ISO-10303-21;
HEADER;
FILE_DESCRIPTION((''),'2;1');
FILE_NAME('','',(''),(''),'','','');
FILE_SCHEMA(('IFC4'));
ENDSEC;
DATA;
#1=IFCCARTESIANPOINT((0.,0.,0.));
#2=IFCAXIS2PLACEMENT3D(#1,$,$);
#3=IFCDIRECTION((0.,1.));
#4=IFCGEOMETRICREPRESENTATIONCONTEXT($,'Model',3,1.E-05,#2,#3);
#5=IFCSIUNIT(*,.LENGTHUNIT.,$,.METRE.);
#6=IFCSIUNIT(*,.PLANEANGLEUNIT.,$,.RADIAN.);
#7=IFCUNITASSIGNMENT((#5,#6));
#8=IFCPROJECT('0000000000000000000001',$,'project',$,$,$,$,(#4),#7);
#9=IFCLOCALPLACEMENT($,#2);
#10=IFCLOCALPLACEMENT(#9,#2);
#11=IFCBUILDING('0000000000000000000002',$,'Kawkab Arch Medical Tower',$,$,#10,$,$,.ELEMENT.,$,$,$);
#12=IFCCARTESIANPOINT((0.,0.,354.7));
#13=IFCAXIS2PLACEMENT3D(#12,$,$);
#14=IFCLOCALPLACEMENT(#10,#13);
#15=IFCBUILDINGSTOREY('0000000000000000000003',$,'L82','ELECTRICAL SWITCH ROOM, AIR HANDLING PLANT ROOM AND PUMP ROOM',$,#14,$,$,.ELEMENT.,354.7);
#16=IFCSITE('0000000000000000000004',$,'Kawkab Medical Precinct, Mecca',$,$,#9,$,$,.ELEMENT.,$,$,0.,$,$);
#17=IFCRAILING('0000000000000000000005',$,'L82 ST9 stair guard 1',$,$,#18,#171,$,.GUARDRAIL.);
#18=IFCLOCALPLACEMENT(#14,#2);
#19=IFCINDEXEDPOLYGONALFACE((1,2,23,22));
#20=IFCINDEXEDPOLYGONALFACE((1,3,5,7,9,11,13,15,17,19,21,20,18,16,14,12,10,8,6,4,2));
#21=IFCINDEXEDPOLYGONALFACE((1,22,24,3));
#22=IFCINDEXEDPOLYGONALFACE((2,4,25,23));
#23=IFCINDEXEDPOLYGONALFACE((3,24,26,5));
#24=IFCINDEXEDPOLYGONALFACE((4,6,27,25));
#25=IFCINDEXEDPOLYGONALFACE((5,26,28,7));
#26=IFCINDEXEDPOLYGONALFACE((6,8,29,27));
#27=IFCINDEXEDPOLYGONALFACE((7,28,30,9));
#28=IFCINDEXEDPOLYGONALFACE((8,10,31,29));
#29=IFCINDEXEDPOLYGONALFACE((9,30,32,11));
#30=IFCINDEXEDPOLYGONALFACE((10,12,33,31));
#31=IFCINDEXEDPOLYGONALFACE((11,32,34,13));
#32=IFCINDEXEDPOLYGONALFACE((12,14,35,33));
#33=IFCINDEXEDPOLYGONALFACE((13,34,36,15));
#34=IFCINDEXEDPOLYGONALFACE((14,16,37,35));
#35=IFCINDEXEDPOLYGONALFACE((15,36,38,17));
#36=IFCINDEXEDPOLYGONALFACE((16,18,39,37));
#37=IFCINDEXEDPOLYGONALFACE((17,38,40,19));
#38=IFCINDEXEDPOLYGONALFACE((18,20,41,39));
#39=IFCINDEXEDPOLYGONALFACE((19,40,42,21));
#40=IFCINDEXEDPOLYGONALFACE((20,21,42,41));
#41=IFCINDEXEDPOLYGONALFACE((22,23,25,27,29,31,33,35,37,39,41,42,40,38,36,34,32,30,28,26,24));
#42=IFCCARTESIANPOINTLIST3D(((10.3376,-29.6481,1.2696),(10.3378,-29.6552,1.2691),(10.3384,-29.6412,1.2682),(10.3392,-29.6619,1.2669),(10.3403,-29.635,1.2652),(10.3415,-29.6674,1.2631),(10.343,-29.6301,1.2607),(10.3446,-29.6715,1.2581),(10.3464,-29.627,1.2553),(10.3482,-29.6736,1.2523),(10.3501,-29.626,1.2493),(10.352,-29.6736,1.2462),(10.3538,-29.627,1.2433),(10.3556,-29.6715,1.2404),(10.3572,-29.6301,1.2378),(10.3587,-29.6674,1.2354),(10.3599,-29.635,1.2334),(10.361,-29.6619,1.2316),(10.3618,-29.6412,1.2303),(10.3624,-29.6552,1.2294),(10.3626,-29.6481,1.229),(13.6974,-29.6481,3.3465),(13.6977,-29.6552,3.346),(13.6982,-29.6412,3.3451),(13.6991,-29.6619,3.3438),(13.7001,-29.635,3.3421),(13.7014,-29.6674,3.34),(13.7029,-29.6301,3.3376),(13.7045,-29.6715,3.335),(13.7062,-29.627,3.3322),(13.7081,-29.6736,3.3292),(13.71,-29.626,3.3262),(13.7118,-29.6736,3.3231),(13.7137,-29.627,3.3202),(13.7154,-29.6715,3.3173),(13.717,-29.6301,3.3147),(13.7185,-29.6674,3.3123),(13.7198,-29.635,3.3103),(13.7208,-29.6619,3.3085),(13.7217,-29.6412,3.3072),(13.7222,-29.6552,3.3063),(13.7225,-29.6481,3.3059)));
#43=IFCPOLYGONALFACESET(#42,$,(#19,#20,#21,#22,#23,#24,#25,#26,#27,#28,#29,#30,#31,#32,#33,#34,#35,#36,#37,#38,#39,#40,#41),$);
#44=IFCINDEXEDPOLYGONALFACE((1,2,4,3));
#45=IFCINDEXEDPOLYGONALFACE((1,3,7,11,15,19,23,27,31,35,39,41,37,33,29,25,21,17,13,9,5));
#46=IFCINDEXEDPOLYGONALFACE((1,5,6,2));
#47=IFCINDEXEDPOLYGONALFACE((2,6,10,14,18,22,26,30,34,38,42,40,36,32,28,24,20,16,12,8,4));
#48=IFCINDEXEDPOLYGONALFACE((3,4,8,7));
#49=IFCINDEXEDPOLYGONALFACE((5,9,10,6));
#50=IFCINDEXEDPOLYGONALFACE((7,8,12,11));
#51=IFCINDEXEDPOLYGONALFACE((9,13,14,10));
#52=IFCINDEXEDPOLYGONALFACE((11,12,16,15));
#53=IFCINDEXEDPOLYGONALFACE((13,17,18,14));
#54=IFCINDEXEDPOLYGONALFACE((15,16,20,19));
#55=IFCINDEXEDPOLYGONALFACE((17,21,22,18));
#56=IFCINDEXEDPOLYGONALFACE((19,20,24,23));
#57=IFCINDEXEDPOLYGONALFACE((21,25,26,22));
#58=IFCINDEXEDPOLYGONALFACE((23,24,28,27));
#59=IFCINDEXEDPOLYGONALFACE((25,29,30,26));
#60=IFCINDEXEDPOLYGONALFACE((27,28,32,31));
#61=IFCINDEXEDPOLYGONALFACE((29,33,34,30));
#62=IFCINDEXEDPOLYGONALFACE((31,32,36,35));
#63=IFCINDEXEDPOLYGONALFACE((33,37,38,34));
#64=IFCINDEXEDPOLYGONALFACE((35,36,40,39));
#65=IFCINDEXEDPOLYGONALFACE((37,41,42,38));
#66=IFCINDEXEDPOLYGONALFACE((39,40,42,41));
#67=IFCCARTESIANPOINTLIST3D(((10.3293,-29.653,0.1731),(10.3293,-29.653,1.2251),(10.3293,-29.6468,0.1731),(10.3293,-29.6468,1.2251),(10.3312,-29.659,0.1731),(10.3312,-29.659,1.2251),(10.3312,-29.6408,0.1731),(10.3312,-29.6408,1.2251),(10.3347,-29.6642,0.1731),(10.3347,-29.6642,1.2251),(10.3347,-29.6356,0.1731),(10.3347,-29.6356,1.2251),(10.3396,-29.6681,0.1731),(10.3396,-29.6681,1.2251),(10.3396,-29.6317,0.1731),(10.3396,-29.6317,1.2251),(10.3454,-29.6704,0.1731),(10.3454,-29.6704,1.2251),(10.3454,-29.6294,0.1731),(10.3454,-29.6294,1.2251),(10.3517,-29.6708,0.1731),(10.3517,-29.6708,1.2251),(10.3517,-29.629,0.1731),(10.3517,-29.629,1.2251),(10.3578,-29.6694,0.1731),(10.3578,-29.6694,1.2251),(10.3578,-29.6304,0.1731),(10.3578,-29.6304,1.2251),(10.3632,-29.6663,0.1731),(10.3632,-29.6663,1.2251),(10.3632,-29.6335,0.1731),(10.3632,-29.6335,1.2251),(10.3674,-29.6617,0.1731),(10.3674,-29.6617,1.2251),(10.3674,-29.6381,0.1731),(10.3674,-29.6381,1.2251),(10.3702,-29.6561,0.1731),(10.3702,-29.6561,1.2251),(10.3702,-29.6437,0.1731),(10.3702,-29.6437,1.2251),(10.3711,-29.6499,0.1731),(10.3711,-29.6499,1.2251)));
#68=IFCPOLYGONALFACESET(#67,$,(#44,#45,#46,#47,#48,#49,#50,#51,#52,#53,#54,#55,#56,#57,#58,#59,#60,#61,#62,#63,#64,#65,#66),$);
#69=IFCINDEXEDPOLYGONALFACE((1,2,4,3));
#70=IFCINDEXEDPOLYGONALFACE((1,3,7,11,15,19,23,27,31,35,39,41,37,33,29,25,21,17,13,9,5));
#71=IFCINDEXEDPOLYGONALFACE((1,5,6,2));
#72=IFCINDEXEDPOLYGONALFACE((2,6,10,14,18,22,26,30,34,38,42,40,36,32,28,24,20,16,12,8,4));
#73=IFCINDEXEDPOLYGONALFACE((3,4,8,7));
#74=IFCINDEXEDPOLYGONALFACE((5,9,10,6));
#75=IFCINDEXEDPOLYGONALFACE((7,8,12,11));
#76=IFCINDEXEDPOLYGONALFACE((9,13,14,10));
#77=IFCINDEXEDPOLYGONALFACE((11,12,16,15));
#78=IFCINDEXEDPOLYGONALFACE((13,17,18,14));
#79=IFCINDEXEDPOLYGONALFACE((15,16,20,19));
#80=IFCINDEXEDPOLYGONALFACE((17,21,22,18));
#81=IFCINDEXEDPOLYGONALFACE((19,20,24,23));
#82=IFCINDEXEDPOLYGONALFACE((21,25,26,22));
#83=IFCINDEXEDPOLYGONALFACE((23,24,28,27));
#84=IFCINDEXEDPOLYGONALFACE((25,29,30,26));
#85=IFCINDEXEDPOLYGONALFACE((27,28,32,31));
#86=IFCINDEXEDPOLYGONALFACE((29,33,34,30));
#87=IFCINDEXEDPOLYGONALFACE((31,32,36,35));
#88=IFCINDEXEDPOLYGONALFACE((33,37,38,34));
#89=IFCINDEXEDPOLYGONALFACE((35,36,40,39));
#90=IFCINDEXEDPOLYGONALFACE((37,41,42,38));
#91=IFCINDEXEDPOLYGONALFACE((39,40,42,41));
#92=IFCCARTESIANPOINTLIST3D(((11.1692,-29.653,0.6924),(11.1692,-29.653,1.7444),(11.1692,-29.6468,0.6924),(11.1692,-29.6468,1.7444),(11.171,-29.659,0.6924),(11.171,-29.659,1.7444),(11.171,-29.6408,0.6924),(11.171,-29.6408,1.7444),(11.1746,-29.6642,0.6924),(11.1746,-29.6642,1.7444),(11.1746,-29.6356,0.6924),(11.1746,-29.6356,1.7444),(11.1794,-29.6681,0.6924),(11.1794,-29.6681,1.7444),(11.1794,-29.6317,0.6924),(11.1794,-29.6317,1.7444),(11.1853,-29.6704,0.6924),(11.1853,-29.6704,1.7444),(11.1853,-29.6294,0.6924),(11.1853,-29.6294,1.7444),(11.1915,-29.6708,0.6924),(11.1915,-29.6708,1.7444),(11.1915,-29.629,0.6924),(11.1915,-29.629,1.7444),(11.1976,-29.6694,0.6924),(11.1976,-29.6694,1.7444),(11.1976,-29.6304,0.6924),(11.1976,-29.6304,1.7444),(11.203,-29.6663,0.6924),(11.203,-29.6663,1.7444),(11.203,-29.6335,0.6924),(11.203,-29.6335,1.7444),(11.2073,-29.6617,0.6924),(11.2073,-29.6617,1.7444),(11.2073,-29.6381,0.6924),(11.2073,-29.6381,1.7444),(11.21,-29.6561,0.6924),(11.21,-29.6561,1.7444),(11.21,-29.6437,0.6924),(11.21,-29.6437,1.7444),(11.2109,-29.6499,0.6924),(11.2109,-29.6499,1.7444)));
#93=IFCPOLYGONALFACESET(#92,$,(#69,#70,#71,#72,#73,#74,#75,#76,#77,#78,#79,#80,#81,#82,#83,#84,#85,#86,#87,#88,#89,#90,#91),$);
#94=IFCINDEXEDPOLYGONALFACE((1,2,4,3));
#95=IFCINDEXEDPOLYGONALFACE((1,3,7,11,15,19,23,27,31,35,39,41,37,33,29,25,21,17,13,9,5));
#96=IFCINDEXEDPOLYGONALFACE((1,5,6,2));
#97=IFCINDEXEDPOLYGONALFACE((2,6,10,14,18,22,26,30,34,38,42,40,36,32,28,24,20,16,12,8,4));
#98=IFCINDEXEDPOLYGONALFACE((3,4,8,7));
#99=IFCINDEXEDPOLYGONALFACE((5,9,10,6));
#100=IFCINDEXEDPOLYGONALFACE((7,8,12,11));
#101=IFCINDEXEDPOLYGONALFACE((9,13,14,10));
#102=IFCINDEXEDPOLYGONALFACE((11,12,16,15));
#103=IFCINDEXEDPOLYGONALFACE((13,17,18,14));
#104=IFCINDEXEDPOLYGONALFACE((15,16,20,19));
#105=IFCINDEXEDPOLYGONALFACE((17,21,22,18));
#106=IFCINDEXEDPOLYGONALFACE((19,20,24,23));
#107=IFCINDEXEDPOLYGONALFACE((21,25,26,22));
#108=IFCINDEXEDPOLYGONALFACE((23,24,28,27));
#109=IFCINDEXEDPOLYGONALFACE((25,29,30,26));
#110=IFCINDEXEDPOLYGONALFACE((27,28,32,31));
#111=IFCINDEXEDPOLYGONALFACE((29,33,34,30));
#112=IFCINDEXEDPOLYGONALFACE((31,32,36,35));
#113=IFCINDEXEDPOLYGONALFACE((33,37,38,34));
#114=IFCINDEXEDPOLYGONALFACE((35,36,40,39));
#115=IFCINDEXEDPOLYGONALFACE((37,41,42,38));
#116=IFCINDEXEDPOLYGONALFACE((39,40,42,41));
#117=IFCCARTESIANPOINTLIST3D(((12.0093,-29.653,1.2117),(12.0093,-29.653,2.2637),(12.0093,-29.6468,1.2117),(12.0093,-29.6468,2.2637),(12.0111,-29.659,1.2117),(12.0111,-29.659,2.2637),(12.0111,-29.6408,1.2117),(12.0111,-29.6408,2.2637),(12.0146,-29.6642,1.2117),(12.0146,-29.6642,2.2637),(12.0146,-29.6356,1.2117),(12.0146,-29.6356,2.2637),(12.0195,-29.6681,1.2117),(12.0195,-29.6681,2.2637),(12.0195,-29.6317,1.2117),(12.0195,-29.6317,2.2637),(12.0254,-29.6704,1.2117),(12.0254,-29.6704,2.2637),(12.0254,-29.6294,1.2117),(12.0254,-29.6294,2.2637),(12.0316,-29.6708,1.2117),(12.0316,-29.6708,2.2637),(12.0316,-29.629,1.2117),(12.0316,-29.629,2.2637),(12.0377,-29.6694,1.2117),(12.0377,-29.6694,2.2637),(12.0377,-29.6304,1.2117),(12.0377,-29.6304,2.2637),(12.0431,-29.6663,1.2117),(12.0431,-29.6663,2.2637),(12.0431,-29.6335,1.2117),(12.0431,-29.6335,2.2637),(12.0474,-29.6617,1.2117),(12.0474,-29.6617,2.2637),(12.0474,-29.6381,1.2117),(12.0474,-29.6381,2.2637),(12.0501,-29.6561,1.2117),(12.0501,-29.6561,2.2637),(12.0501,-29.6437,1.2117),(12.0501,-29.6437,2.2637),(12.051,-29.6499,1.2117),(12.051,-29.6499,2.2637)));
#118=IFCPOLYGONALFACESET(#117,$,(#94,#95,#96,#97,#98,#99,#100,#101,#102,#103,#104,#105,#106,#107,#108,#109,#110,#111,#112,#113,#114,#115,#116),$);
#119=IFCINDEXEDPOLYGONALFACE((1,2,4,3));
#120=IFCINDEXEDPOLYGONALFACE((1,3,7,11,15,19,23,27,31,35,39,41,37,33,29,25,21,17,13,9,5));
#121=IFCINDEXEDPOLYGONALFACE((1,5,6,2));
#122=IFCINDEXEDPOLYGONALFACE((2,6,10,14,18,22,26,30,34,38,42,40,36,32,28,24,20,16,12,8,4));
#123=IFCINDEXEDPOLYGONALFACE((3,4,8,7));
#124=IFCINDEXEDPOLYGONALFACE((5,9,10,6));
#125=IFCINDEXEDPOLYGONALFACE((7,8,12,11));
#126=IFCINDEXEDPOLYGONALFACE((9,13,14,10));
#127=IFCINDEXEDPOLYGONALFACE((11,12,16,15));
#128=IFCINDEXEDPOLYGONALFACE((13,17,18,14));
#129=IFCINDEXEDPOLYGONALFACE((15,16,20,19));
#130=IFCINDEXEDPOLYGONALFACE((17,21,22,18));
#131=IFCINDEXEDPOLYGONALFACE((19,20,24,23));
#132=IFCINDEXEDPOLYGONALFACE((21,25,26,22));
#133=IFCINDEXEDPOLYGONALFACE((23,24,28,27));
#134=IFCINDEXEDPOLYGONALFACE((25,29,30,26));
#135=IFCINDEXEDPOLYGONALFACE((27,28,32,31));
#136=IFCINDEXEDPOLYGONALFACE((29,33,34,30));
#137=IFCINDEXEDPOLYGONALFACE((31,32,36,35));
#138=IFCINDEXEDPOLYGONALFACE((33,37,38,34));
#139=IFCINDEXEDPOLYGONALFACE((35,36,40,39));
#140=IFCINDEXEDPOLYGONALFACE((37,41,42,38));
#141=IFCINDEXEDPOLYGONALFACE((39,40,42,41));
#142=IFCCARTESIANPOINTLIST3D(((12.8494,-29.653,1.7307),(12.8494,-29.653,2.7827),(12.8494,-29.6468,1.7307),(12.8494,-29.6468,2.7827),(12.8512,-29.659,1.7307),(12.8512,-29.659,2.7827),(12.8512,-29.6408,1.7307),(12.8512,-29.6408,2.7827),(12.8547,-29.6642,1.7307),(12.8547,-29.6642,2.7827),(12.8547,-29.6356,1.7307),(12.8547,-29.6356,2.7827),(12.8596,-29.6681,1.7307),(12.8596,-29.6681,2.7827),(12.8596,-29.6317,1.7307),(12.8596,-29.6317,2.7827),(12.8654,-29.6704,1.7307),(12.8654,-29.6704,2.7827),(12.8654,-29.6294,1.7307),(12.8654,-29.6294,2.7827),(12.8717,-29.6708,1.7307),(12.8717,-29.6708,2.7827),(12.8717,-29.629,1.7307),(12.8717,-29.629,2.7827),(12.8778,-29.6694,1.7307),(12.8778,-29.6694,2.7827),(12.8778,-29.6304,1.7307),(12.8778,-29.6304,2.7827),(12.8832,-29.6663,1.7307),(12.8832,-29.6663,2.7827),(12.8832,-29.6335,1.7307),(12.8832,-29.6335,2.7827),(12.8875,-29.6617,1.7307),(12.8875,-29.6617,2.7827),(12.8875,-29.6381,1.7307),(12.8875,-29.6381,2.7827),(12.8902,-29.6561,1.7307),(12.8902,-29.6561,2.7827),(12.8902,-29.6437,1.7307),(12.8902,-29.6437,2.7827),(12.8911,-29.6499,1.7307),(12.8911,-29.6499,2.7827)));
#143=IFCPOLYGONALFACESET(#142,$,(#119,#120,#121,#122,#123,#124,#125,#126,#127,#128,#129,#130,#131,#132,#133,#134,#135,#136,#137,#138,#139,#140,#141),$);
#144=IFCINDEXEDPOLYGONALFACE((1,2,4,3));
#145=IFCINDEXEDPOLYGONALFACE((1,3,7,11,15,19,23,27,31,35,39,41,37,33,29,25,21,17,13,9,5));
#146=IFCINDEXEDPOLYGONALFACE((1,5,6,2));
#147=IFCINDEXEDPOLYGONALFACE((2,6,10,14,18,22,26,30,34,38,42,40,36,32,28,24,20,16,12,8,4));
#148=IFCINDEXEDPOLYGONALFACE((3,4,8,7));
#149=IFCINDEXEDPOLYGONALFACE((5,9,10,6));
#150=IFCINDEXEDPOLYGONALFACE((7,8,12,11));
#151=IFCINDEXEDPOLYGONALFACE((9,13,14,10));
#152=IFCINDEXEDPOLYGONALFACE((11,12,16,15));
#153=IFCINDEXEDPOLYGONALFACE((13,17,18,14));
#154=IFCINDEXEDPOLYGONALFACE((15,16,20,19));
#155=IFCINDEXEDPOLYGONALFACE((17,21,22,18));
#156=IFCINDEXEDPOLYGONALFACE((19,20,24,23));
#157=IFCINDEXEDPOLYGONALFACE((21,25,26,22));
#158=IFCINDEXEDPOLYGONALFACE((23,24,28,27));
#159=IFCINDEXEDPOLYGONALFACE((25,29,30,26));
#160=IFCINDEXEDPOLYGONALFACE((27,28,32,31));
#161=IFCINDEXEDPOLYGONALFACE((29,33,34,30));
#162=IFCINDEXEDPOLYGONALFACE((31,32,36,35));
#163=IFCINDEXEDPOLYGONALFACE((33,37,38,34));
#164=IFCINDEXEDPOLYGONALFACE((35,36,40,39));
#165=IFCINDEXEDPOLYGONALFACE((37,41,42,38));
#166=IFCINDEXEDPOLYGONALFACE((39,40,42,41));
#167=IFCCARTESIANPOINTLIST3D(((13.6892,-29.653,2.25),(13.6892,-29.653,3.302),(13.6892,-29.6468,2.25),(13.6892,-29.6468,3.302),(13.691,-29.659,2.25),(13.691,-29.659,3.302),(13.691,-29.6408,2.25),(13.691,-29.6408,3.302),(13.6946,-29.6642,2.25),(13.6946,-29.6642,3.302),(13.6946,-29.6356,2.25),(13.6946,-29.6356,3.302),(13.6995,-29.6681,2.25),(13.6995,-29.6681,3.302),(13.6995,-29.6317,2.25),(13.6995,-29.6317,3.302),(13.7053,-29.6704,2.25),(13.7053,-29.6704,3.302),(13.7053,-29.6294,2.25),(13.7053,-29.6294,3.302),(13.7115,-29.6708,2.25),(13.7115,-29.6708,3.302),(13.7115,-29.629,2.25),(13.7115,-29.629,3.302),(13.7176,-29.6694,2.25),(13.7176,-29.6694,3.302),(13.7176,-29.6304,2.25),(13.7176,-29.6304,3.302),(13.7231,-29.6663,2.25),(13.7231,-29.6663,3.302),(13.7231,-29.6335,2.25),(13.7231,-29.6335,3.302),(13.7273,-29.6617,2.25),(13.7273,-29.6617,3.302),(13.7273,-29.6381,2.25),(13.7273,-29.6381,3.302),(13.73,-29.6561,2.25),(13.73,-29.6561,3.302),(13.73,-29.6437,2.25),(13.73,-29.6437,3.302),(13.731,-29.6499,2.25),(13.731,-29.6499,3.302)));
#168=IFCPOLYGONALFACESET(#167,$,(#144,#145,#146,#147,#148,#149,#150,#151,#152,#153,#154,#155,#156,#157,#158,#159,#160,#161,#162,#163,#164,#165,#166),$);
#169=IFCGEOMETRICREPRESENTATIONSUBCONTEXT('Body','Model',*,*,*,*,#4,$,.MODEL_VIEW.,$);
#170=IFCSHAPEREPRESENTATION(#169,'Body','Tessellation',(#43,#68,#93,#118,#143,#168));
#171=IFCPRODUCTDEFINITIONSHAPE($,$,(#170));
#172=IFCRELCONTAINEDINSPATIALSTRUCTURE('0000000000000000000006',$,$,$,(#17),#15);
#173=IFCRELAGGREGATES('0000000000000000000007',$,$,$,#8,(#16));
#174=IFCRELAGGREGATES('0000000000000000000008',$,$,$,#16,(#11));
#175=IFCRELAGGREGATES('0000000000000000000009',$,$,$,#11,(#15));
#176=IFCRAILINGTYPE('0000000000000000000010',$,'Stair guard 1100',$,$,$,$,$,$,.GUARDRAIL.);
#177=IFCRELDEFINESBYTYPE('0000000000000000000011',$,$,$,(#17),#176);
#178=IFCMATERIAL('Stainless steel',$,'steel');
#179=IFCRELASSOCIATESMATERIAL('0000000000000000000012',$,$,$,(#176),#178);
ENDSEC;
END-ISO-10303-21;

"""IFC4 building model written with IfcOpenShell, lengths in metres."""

from ifc_helpers import new_model, si_unit, direction, frame, origin, origin_2d, place, context, subcontext, project, spatial, circle, extrude, material, type_object, element, save


model = new_model("IFC4")

# Units and contexts
model_context = context("Model", 3, precision=1e-05, world=origin(), true_north=direction((0.0, 1.0)))
body_context = subcontext(model_context, "Body", "Model", "MODEL_VIEW")
ifc_project = project(units=[si_unit("LENGTHUNIT", "METRE"), si_unit("PLANEANGLEUNIT", "RADIAN")], contexts=[model_context])

# Site, building, storey
site_placement = place(None, origin())
site = spatial("IfcSite", under=ifc_project, at=site_placement, Name="Kawkab Medical Precinct, Mecca", CompositionType="ELEMENT", RefElevation=0.0)
building_placement = place(site_placement, origin())
building = spatial("IfcBuilding", under=site, at=building_placement, Name="Kawkab Arch Medical Tower", CompositionType="ELEMENT")
storey_placement = place(building_placement, frame((0.0, 0.0, 354.7)))
storey = spatial("IfcBuildingStorey", under=building, at=storey_placement, Name="L82", Description="ELECTRICAL SWITCH ROOM, AIR HANDLING PLANT ROOM AND PUMP ROOM", CompositionType="ELEMENT", Elevation=354.7)

# Railing
ifc_material_1 = material(Name="Stainless steel", Category="steel")
railing_type = type_object("IfcRailingType", Name="Stair guard 1100", PredefinedType="GUARDRAIL", material=ifc_material_1)
railing_1_placement = place(storey_placement, frame((10.3501, -29.6499, 0.1731)))
element("IfcRailing", 1, at=railing_1_placement, inside=storey, type_object=railing_type, Name="L82 ST9 stair guard 1", PredefinedType="GUARDRAIL", context=body_context, shape_type="SweptSolid", body=[
    extrude(circle(Radius=0.0239, at=origin_2d()), frame((0.0, 0.0, 1.0762), z_axis=(0.850606, 0.0, 0.525803), x_axis=(0.0, 1.0, 0.0)), (0.0, 0.0, 1.0), 3.95),
    extrude(circle(Radius=0.021, at=origin_2d()), origin(), (0.0, 0.0, 1.0), 1.052),
    extrude(circle(Radius=0.021, at=origin_2d()), frame((0.8398, 0.0, 0.5193)), (0.0, 0.0, 1.0), 1.052),
    extrude(circle(Radius=0.021, at=origin_2d()), frame((1.6799, 0.0, 1.0386)), (0.0, 0.0, 1.0), 1.052),
    extrude(circle(Radius=0.021, at=origin_2d()), frame((2.52, 0.0, 1.5576)), (0.0, 0.0, 1.0), 1.052),
    extrude(circle(Radius=0.021, at=origin_2d()), frame((3.3599, 0.0, 2.0769)), (0.0, 0.0, 1.0), 1.052),
])

save(model, "model.ifc")
